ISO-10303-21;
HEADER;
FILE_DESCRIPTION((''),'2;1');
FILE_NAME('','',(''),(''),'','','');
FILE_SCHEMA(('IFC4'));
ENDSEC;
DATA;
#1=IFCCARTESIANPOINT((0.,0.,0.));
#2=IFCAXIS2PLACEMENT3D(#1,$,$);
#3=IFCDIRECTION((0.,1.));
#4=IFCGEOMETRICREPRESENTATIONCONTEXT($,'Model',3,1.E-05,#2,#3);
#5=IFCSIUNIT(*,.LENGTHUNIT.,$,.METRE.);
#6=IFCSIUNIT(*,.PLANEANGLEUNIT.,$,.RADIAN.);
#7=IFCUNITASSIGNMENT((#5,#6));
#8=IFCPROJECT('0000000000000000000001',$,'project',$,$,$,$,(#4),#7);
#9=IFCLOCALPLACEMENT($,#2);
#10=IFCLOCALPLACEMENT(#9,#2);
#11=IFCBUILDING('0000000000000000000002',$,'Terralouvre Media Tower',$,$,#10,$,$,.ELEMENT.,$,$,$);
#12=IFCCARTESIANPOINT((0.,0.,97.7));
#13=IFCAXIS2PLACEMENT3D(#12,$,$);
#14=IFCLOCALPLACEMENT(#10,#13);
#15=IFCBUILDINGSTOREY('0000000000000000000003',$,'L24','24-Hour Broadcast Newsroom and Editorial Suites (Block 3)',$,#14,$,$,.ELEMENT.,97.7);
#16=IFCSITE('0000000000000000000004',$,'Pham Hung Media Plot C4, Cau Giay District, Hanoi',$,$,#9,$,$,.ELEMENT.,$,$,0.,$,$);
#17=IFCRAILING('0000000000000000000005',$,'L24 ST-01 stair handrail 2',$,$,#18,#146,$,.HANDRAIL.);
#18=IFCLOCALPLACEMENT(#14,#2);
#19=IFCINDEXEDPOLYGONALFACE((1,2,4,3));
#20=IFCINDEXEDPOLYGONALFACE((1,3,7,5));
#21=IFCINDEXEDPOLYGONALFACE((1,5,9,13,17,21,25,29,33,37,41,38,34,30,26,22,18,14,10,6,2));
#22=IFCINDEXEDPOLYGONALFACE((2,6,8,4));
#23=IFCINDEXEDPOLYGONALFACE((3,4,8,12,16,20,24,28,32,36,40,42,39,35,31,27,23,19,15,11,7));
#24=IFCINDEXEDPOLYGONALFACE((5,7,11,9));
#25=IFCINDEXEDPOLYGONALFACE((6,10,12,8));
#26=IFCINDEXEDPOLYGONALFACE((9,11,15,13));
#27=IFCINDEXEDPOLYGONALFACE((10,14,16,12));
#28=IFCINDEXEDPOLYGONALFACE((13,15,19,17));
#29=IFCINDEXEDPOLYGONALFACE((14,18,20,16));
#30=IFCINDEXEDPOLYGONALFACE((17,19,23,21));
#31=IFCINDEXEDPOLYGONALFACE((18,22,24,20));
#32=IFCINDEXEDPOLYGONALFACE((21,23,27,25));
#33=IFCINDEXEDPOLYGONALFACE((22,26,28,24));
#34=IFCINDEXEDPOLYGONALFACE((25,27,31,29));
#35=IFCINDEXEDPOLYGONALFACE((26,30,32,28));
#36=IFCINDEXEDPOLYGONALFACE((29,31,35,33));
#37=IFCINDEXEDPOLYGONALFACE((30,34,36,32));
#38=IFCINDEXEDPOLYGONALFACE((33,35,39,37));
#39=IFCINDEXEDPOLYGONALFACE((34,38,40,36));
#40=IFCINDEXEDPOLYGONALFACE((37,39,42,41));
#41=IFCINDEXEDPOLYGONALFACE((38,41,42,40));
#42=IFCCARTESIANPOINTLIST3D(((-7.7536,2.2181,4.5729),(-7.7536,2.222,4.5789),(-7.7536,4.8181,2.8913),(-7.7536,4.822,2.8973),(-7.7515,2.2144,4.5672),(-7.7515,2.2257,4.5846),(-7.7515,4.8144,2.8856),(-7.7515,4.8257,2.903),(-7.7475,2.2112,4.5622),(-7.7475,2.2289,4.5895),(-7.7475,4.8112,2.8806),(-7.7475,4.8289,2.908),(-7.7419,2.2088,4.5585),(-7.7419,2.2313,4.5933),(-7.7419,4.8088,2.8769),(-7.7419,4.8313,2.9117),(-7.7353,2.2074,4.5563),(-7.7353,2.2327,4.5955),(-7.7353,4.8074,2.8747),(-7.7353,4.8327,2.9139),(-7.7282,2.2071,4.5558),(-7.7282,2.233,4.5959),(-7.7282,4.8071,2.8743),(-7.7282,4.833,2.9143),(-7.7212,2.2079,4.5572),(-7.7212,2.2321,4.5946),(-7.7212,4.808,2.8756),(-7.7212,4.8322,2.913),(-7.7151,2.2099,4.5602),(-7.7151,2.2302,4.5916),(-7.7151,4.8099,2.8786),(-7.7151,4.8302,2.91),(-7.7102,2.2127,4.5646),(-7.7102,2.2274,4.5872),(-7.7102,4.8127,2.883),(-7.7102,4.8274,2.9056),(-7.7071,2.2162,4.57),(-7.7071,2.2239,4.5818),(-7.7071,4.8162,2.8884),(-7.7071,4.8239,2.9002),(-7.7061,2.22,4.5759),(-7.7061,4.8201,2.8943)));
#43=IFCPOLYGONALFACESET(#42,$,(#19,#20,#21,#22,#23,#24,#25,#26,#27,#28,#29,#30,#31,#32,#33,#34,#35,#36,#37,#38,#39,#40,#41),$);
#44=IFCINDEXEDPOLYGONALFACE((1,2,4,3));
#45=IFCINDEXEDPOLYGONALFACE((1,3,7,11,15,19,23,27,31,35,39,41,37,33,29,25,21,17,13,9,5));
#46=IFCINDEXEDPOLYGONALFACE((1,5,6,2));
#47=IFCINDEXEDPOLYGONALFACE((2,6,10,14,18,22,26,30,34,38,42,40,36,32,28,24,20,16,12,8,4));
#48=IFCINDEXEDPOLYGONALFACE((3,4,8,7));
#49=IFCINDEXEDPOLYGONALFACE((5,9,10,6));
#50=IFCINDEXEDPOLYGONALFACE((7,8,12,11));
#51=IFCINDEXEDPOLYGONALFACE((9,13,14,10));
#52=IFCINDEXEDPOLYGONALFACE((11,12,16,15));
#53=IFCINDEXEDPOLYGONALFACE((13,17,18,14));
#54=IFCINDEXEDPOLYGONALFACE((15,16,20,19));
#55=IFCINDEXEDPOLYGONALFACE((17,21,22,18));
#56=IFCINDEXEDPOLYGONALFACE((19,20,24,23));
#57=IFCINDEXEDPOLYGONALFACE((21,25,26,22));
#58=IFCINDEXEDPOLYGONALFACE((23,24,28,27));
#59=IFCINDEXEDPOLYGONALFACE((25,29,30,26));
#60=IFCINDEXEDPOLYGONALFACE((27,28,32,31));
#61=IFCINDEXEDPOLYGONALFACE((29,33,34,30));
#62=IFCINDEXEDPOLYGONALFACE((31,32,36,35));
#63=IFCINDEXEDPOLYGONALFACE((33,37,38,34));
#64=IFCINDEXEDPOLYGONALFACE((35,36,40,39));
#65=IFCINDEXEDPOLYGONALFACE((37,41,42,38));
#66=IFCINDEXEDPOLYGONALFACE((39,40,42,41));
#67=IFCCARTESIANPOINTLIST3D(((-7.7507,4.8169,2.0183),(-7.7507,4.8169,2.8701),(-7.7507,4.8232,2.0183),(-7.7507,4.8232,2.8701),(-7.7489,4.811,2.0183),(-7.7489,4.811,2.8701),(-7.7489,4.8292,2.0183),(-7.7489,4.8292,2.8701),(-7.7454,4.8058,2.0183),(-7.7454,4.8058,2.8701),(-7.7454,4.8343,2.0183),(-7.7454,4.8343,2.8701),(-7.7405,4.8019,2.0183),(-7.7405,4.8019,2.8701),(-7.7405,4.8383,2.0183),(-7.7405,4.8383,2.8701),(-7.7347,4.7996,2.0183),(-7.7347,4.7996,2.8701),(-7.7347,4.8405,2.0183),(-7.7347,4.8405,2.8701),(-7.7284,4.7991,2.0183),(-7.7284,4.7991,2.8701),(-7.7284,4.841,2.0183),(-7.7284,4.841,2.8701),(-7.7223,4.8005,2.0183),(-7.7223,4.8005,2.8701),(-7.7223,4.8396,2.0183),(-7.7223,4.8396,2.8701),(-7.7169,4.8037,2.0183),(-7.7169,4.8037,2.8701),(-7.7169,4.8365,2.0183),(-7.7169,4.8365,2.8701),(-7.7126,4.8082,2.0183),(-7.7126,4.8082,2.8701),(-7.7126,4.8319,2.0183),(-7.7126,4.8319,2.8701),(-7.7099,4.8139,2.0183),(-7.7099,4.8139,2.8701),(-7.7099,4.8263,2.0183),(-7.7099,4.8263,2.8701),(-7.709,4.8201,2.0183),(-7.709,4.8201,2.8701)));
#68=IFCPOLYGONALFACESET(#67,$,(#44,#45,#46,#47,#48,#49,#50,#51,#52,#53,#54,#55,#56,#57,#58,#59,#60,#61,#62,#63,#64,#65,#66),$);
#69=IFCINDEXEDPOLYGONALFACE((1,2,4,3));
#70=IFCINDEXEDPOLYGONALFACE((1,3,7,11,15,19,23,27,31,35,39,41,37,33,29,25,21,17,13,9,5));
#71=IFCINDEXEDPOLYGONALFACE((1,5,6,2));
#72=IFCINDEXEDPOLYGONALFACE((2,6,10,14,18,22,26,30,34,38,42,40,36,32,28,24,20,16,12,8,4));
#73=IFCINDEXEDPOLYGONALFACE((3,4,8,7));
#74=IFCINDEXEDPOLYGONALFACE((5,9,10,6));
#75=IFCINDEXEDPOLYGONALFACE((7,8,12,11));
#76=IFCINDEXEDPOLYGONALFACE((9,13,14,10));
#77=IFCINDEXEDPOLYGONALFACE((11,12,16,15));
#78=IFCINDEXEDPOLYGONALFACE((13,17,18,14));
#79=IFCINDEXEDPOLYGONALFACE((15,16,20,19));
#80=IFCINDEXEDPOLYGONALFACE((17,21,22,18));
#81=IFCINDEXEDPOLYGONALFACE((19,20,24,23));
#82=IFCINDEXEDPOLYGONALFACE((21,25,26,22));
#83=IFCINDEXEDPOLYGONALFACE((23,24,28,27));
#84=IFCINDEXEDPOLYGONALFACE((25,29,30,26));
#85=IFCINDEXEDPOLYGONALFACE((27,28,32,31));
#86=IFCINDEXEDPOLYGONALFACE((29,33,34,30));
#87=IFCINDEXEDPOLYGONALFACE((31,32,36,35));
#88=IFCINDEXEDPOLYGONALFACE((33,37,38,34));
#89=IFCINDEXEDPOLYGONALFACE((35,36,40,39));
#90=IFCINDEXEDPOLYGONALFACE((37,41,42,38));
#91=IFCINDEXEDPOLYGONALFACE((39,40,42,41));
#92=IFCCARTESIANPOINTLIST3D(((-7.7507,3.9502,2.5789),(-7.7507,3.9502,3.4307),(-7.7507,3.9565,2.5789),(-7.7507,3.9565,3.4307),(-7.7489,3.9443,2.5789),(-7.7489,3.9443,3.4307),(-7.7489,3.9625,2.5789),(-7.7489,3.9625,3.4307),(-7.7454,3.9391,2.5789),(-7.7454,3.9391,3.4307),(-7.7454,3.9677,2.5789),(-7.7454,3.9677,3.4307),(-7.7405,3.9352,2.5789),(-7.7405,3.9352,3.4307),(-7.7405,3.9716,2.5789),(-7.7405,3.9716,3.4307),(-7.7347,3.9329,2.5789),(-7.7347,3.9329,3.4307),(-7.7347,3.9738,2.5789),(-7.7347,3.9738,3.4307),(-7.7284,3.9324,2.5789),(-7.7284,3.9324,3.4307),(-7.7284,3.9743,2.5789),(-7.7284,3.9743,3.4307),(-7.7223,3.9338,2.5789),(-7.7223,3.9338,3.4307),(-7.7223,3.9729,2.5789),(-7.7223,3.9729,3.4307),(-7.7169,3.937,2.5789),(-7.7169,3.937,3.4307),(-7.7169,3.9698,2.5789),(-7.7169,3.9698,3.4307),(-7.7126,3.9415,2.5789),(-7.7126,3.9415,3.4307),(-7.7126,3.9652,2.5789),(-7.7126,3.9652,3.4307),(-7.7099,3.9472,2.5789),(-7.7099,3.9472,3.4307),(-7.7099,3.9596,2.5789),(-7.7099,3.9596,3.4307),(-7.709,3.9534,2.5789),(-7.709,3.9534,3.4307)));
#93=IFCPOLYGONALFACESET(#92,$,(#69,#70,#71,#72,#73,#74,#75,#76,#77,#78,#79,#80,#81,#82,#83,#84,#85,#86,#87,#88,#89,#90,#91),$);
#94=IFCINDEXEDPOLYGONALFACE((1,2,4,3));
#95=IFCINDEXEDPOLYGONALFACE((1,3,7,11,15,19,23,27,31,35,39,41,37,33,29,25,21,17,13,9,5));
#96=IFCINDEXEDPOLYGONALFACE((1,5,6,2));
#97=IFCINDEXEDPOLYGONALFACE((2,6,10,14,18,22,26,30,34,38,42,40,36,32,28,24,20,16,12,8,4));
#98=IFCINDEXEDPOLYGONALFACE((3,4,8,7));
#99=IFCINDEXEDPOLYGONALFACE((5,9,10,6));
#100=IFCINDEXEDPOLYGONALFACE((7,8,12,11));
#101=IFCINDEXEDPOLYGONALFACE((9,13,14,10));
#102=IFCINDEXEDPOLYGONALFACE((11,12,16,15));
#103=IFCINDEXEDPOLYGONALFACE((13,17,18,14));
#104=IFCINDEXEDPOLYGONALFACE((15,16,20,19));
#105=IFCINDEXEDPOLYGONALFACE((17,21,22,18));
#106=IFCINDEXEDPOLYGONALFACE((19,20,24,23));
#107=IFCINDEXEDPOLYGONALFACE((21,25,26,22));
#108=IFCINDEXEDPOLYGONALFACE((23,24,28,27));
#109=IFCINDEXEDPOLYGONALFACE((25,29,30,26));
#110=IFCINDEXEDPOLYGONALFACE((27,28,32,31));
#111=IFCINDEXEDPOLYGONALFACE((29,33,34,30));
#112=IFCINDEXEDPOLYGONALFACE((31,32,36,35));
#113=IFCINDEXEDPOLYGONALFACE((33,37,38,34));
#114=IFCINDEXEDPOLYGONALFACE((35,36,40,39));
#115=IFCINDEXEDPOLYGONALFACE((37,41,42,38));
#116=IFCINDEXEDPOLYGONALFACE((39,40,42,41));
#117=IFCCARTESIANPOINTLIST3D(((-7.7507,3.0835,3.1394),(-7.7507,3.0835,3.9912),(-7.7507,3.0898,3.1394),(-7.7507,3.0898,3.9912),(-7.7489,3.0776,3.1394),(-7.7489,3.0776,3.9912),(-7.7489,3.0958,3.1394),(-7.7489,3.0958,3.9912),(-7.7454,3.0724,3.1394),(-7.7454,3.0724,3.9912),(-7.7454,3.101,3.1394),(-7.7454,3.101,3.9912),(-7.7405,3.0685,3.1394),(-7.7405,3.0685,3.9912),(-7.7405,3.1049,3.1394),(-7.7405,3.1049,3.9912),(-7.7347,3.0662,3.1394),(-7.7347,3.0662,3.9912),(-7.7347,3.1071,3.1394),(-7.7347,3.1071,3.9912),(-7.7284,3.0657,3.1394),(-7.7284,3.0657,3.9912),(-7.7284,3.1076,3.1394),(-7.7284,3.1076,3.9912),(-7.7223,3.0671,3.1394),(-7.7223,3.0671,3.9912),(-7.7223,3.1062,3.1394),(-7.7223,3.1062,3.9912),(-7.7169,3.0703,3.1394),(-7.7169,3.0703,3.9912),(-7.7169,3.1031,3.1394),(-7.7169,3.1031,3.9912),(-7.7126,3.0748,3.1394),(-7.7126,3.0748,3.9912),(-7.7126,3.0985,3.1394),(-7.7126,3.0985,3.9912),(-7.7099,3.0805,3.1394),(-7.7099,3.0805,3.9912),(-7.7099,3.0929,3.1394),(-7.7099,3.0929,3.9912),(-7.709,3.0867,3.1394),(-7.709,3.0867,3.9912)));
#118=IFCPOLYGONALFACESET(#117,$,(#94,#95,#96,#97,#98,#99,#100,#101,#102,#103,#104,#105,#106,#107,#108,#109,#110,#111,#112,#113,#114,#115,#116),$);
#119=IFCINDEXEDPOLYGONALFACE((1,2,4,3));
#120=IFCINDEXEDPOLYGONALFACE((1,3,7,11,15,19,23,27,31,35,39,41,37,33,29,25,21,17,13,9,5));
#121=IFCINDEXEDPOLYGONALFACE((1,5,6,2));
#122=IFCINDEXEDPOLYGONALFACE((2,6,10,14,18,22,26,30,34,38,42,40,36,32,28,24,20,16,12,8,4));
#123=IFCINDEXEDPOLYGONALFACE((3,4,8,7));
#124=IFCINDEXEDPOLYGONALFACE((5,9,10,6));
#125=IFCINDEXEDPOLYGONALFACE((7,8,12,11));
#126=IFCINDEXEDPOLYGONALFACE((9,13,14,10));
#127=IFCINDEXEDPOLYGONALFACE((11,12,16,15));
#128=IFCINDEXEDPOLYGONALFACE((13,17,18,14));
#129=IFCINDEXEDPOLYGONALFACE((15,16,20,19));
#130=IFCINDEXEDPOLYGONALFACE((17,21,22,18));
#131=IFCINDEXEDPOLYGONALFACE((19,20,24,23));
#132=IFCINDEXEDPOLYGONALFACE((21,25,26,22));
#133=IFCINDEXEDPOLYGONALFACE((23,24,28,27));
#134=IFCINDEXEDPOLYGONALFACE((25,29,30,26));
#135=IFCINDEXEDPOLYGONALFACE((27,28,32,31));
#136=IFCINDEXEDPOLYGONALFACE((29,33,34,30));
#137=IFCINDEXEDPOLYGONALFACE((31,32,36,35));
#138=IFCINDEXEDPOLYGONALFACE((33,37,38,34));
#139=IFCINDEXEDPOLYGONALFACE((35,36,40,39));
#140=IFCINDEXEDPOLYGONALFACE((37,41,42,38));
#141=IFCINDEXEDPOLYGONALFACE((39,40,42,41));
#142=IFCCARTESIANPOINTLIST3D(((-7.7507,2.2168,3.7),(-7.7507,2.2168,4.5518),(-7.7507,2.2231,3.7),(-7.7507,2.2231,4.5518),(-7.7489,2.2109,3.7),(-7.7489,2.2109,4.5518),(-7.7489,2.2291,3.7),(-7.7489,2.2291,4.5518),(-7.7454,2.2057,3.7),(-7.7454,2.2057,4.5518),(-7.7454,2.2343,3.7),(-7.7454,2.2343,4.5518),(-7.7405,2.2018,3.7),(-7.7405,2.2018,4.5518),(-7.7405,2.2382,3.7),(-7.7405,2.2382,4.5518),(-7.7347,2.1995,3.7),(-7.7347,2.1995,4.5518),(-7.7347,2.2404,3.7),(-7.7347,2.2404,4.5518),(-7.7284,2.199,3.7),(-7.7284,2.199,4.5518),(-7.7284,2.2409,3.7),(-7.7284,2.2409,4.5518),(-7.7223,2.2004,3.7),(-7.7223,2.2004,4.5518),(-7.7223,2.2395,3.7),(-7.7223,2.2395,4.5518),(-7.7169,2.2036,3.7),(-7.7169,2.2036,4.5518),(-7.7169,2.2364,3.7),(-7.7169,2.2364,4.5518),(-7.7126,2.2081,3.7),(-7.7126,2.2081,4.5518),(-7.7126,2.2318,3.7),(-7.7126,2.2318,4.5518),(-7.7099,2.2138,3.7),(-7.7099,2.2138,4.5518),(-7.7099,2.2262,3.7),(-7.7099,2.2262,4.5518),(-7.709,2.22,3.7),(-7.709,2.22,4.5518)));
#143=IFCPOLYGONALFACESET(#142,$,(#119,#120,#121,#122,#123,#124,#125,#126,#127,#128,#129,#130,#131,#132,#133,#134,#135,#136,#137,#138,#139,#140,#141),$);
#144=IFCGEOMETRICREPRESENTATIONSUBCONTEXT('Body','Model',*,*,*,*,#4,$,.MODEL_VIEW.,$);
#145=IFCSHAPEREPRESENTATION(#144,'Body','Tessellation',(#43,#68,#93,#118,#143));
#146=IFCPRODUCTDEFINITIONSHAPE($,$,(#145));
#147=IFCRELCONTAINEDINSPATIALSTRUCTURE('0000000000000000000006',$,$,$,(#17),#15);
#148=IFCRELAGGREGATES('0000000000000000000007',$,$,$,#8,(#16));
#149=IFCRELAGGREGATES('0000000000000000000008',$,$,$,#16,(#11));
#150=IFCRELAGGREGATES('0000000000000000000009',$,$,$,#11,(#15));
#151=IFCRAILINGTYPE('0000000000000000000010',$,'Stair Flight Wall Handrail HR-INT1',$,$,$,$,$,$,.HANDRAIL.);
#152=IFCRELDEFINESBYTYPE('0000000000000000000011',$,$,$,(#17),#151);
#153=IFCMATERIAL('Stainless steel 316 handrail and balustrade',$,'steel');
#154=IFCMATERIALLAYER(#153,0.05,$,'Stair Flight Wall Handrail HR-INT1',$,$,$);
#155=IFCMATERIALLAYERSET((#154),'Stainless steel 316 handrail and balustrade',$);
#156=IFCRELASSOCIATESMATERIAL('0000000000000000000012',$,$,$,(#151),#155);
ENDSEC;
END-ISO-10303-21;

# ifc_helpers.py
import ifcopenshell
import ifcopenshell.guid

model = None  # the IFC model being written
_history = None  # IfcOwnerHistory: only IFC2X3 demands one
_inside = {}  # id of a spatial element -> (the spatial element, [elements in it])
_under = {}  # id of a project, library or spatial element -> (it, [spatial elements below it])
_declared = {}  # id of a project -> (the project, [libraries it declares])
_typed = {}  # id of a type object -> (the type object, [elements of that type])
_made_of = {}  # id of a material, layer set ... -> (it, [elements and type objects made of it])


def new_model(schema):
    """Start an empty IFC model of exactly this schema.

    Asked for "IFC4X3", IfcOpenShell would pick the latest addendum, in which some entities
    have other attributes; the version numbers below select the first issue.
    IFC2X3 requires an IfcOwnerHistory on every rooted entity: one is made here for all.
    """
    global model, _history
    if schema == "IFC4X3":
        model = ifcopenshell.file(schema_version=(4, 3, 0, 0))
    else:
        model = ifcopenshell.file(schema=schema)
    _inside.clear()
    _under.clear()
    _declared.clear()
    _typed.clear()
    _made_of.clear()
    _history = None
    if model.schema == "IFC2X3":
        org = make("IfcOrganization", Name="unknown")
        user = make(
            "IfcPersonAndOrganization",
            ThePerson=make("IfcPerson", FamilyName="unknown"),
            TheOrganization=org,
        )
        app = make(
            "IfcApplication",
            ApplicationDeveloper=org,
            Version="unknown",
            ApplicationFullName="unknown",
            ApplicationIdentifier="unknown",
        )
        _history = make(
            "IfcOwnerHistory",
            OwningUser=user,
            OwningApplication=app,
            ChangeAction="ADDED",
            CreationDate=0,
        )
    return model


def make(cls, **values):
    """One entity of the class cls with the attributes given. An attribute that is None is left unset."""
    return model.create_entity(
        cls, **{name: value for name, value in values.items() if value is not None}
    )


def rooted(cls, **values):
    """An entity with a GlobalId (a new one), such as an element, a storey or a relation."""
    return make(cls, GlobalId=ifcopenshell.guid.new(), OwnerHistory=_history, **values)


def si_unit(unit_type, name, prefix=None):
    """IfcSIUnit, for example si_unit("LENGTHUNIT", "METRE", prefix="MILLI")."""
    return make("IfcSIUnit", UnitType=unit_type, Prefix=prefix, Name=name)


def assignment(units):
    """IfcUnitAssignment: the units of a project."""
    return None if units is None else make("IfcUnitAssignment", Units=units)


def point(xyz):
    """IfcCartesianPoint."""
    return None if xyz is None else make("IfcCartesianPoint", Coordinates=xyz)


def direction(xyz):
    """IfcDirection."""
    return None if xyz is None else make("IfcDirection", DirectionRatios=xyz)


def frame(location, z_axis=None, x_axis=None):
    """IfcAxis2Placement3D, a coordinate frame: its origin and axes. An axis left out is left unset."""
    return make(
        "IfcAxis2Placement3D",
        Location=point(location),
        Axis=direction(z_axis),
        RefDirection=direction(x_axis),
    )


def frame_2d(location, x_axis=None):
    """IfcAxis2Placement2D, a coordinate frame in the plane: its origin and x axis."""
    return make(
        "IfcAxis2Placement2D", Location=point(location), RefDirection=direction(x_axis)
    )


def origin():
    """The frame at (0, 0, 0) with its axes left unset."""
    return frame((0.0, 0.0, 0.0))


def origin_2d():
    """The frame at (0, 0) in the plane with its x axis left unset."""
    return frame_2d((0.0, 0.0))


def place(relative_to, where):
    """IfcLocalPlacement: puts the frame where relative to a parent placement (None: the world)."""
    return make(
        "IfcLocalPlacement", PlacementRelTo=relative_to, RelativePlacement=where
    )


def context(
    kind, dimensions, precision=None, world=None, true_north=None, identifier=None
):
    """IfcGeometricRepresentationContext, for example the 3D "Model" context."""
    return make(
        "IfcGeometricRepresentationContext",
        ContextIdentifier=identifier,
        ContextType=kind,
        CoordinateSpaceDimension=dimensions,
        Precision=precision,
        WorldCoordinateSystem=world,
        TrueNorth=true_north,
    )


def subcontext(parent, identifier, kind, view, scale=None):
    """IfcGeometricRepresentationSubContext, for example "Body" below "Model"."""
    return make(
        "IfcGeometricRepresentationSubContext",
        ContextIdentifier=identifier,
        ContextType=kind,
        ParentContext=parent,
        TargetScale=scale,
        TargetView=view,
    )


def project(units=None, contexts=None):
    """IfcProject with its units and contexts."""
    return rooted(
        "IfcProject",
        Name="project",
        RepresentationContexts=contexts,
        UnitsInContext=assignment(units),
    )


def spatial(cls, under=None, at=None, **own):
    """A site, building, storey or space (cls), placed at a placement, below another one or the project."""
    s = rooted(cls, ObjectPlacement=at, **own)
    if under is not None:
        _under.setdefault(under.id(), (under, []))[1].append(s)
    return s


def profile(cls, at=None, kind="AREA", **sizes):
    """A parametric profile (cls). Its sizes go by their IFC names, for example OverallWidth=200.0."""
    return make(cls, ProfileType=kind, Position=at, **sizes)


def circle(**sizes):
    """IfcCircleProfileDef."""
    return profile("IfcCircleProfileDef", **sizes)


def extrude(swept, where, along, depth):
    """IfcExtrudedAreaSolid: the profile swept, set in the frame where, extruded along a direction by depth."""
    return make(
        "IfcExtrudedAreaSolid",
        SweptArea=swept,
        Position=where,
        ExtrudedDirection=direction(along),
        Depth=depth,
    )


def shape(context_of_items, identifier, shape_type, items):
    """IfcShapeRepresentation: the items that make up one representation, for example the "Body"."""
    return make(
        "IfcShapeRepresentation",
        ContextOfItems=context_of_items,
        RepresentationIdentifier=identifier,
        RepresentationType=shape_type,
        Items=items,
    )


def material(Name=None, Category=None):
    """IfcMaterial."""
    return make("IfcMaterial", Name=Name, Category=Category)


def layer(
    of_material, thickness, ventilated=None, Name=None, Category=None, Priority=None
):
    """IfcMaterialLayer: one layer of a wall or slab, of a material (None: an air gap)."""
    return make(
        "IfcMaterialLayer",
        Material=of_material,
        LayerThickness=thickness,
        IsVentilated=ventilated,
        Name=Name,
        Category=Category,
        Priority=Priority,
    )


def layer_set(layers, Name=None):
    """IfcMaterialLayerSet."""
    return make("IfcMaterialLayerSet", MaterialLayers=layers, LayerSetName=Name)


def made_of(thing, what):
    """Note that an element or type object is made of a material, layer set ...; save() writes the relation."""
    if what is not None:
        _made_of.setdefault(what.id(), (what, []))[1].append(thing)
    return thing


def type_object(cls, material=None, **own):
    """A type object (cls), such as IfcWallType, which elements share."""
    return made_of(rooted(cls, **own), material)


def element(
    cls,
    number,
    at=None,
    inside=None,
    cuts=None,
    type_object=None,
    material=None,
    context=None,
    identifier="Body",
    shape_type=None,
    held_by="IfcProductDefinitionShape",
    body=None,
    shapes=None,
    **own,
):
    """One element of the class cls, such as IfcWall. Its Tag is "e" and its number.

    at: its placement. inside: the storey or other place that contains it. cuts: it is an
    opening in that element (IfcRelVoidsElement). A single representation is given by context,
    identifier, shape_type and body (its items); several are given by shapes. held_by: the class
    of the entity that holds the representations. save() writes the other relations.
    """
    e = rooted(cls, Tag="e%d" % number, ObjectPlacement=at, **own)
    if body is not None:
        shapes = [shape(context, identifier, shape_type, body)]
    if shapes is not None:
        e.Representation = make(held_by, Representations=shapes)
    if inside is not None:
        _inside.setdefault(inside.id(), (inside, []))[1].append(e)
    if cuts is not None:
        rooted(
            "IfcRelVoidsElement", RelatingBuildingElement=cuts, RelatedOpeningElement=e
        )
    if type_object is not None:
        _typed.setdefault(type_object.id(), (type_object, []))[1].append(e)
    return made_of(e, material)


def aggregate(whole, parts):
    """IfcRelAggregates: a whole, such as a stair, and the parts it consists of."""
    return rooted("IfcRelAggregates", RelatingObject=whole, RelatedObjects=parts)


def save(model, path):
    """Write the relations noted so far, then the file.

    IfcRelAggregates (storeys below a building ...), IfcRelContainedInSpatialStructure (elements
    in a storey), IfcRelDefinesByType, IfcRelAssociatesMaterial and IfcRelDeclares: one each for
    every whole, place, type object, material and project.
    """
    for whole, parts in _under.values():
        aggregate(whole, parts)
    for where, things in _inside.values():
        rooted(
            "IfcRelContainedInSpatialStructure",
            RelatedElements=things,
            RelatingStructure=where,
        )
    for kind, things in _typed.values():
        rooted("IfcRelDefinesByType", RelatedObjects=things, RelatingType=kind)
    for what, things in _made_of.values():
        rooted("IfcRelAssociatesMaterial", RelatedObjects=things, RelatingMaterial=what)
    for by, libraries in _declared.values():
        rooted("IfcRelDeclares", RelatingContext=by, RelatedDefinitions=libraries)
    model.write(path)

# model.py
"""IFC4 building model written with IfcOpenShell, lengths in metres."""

from ifc_helpers import new_model, si_unit, direction, frame, origin, origin_2d, place, context, subcontext, project, spatial, circle, extrude, material, layer, layer_set, type_object, element, save


model = new_model("IFC4")

# Units and contexts
model_context = context("Model", 3, precision=1e-05, world=origin(), true_north=direction((0.0, 1.0)))
body_context = subcontext(model_context, "Body", "Model", "MODEL_VIEW")
ifc_project = project(units=[si_unit("LENGTHUNIT", "METRE"), si_unit("PLANEANGLEUNIT", "RADIAN")], contexts=[model_context])

# Site, building, storey
site_placement = place(None, origin())
site = spatial("IfcSite", under=ifc_project, at=site_placement, Name="Pham Hung Media Plot C4, Cau Giay District, Hanoi", CompositionType="ELEMENT", RefElevation=0.0)
building_placement = place(site_placement, origin())
building = spatial("IfcBuilding", under=site, at=building_placement, Name="Terralouvre Media Tower", CompositionType="ELEMENT")
storey_placement = place(building_placement, frame((0.0, 0.0, 97.7)))
storey = spatial("IfcBuildingStorey", under=building, at=storey_placement, Name="L24", Description="24-Hour Broadcast Newsroom and Editorial Suites (Block 3)", CompositionType="ELEMENT", Elevation=97.7)

# Railing
ifc_material_1 = material(Name="Stainless steel 316 handrail and balustrade", Category="steel")
ifc_layer_1 = layer(ifc_material_1, 0.05, Name="Stair Flight Wall Handrail HR-INT1")
ifc_layer_set_1 = layer_set([ifc_layer_1], Name="Stainless steel 316 handrail and balustrade")
railing_type_1 = type_object("IfcRailingType", Name="Stair Flight Wall Handrail HR-INT1", PredefinedType="HANDRAIL", material=ifc_layer_set_1)
railing_1_placement = place(storey_placement, frame((-7.73, 4.8201, 2.0183)))
element("IfcRailing", 1, at=railing_1_placement, inside=storey, type_object=railing_type_1, Name="L24 ST-01 stair handrail 2", PredefinedType="HANDRAIL", context=body_context, shape_type="SweptSolid", body=[
    extrude(circle(Radius=0.0239, at=origin_2d()), frame((0.0, 0.0, 0.876), z_axis=(0.0, -0.839684, 0.543075), x_axis=(1.0, 0.0, 0.0)), (0.0, 0.0, 1.0), 3.0964),
    extrude(circle(Radius=0.021, at=origin_2d()), origin(), (0.0, 0.0, 1.0), 0.8518),
    extrude(circle(Radius=0.021, at=origin_2d()), frame((0.0, -0.8667, 0.5605)), (0.0, 0.0, 1.0), 0.8518),
    extrude(circle(Radius=0.021, at=origin_2d()), frame((0.0, -1.7334, 1.1211)), (0.0, 0.0, 1.0), 0.8518),
    extrude(circle(Radius=0.021, at=origin_2d()), frame((0.0, -2.6001, 1.6816)), (0.0, 0.0, 1.0), 0.8518),
])

save(model, "model.ifc")
